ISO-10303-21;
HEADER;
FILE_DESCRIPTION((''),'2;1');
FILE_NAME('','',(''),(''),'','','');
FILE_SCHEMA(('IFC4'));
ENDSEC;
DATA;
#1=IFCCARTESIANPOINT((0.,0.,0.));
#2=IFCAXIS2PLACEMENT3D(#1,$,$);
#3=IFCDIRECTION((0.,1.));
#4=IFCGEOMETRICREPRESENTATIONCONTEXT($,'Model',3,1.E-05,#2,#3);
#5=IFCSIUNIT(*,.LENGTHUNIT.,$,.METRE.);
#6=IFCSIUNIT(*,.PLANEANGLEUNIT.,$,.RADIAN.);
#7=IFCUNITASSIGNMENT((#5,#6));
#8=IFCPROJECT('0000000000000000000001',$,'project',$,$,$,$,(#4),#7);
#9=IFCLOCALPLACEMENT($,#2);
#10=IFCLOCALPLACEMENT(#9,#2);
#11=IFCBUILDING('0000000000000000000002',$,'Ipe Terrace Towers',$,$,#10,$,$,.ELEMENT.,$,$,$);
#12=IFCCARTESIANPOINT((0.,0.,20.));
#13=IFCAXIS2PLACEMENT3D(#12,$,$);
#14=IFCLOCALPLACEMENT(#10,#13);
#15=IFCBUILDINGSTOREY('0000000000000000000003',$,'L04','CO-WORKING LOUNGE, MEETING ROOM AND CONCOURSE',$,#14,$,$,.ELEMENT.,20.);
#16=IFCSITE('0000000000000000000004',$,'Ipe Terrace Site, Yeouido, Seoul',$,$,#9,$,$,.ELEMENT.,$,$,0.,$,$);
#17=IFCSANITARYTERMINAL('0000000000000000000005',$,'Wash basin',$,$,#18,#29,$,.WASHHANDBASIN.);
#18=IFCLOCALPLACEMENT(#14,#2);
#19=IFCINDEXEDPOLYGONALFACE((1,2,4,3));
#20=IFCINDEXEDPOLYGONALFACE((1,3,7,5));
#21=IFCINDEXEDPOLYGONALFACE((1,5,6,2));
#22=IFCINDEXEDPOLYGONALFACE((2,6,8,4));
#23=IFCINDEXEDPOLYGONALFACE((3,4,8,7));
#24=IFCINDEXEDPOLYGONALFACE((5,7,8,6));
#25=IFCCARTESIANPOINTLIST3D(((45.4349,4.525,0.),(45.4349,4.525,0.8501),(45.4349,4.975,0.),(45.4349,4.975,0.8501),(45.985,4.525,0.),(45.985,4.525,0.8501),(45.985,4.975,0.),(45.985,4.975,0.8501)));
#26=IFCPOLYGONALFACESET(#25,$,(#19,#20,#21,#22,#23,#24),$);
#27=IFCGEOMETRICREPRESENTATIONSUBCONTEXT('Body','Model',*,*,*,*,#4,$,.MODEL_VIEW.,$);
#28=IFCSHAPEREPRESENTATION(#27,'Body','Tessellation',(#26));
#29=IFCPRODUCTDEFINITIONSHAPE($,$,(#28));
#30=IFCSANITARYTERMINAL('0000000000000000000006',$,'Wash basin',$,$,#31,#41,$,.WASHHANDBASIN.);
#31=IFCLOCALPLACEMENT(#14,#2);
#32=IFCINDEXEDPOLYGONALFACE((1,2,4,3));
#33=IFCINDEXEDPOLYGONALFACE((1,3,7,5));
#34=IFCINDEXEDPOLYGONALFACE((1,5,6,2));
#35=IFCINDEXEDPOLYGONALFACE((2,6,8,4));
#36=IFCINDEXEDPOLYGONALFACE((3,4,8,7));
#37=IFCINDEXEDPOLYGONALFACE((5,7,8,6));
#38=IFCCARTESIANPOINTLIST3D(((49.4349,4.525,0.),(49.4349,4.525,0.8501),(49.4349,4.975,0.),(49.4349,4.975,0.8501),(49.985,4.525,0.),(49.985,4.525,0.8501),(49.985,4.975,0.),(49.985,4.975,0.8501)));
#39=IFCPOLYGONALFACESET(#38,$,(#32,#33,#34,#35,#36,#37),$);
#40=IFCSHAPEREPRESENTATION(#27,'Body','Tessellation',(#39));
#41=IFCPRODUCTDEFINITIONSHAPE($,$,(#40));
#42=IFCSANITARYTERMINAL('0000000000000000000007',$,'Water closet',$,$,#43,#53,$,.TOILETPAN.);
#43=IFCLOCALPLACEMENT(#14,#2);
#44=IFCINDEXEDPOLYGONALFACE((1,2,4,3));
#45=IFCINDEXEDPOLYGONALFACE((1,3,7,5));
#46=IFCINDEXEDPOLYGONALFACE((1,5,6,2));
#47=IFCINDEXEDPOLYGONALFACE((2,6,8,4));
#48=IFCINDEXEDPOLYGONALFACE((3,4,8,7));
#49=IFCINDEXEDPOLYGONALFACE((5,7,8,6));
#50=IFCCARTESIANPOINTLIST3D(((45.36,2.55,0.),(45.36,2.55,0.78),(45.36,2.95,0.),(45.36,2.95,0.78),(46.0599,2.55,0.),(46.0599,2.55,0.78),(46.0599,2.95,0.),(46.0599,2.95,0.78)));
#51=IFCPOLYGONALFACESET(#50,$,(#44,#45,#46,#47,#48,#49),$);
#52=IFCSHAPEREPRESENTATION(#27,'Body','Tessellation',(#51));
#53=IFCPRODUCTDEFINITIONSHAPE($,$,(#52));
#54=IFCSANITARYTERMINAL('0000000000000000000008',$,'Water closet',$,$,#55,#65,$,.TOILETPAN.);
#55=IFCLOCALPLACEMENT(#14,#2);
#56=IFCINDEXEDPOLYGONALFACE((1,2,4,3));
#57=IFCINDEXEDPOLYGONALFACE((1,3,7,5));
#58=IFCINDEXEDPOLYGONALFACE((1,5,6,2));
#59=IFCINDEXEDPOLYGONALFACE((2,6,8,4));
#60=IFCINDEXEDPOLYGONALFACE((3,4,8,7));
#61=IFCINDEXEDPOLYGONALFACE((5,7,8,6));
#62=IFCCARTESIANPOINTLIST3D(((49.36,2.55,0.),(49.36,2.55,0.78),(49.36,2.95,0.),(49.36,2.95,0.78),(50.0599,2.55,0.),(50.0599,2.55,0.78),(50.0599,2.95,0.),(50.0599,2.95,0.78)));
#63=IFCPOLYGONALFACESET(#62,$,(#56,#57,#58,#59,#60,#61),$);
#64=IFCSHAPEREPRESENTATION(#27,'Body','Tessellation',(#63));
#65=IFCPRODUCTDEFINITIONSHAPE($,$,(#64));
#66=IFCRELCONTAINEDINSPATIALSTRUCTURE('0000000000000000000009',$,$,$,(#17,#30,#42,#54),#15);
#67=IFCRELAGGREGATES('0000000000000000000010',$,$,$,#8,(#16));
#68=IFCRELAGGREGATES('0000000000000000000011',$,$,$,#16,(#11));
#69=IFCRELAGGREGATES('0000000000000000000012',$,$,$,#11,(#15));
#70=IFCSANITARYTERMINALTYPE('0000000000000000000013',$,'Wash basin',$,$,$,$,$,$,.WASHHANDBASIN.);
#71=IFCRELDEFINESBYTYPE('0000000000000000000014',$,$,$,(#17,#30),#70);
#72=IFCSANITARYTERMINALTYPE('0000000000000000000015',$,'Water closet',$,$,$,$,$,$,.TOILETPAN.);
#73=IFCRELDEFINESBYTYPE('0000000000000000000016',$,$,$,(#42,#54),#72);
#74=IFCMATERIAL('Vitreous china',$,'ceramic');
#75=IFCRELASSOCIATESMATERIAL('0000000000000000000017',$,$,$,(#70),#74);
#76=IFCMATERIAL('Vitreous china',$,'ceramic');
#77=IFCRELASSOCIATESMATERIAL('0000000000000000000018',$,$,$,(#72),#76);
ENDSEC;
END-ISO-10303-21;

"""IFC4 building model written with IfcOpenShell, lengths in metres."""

from ifc_helpers import new_model, si_unit, direction, frame, origin, origin_2d, place, context, subcontext, project, spatial, rectangle, extrude, material, type_object, element, save


model = new_model("IFC4")

# Units and contexts
model_context = context("Model", 3, precision=1e-05, world=origin(), true_north=direction((0.0, 1.0)))
body_context = subcontext(model_context, "Body", "Model", "MODEL_VIEW")
ifc_project = project(units=[si_unit("LENGTHUNIT", "METRE"), si_unit("PLANEANGLEUNIT", "RADIAN")], contexts=[model_context])

# Site, building, storey
site_placement = place(None, origin())
site = spatial("IfcSite", under=ifc_project, at=site_placement, Name="Ipe Terrace Site, Yeouido, Seoul", CompositionType="ELEMENT", RefElevation=0.0)
building_placement = place(site_placement, origin())
building = spatial("IfcBuilding", under=site, at=building_placement, Name="Ipe Terrace Towers", CompositionType="ELEMENT")
storey_placement = place(building_placement, frame((0.0, 0.0, 20.0)))
storey = spatial("IfcBuildingStorey", under=building, at=storey_placement, Name="L04", Description="CO-WORKING LOUNGE, MEETING ROOM AND CONCOURSE", CompositionType="ELEMENT", Elevation=20.0)

# Sanitary terminals
ifc_material_1 = material(Name="Vitreous china", Category="ceramic")
sanitary_terminal_type_1 = type_object("IfcSanitaryTerminalType", Name="Wash basin", PredefinedType="WASHHANDBASIN", material=ifc_material_1)
for number, where, z_axis, x_axis, name in (
    (1, (45.71, 4.75, 0.0), (0.0, 0.0, 1.0), (1.0, 0.0, 0.0), "Wash basin"),
    (2, (49.71, 4.75, 0.0), (0.0, 0.0, 1.0), (1.0, 0.0, 0.0), "Wash basin"),
):
    element("IfcSanitaryTerminal", number, at=place(storey_placement, frame(where, z_axis=z_axis, x_axis=x_axis)), inside=storey, type_object=sanitary_terminal_type_1, Name=name, PredefinedType="WASHHANDBASIN", context=body_context, shape_type="SweptSolid", body=[
        extrude(rectangle(XDim=0.55, YDim=0.45, at=origin_2d()), origin(), (0.0, 0.0, 1.0), 0.8501),
    ])
ifc_material_2 = material(Name="Vitreous china", Category="ceramic")
sanitary_terminal_type_2 = type_object("IfcSanitaryTerminalType", Name="Water closet", PredefinedType="TOILETPAN", material=ifc_material_2)
for number, where, z_axis, x_axis, name in (
    (3, (45.71, 2.75, 0.0), (0.0, 0.0, 1.0), (1.0, 0.0, 0.0), "Water closet"),
    (4, (49.71, 2.75, 0.0), (0.0, 0.0, 1.0), (1.0, 0.0, 0.0), "Water closet"),
):
    element("IfcSanitaryTerminal", number, at=place(storey_placement, frame(where, z_axis=z_axis, x_axis=x_axis)), inside=storey, type_object=sanitary_terminal_type_2, Name=name, PredefinedType="TOILETPAN", context=body_context, shape_type="SweptSolid", body=[
        extrude(rectangle(XDim=0.7, YDim=0.3999, at=origin_2d()), origin(), (0.0, 0.0, 1.0), 0.78),
    ])

save(model, "model.ifc")
